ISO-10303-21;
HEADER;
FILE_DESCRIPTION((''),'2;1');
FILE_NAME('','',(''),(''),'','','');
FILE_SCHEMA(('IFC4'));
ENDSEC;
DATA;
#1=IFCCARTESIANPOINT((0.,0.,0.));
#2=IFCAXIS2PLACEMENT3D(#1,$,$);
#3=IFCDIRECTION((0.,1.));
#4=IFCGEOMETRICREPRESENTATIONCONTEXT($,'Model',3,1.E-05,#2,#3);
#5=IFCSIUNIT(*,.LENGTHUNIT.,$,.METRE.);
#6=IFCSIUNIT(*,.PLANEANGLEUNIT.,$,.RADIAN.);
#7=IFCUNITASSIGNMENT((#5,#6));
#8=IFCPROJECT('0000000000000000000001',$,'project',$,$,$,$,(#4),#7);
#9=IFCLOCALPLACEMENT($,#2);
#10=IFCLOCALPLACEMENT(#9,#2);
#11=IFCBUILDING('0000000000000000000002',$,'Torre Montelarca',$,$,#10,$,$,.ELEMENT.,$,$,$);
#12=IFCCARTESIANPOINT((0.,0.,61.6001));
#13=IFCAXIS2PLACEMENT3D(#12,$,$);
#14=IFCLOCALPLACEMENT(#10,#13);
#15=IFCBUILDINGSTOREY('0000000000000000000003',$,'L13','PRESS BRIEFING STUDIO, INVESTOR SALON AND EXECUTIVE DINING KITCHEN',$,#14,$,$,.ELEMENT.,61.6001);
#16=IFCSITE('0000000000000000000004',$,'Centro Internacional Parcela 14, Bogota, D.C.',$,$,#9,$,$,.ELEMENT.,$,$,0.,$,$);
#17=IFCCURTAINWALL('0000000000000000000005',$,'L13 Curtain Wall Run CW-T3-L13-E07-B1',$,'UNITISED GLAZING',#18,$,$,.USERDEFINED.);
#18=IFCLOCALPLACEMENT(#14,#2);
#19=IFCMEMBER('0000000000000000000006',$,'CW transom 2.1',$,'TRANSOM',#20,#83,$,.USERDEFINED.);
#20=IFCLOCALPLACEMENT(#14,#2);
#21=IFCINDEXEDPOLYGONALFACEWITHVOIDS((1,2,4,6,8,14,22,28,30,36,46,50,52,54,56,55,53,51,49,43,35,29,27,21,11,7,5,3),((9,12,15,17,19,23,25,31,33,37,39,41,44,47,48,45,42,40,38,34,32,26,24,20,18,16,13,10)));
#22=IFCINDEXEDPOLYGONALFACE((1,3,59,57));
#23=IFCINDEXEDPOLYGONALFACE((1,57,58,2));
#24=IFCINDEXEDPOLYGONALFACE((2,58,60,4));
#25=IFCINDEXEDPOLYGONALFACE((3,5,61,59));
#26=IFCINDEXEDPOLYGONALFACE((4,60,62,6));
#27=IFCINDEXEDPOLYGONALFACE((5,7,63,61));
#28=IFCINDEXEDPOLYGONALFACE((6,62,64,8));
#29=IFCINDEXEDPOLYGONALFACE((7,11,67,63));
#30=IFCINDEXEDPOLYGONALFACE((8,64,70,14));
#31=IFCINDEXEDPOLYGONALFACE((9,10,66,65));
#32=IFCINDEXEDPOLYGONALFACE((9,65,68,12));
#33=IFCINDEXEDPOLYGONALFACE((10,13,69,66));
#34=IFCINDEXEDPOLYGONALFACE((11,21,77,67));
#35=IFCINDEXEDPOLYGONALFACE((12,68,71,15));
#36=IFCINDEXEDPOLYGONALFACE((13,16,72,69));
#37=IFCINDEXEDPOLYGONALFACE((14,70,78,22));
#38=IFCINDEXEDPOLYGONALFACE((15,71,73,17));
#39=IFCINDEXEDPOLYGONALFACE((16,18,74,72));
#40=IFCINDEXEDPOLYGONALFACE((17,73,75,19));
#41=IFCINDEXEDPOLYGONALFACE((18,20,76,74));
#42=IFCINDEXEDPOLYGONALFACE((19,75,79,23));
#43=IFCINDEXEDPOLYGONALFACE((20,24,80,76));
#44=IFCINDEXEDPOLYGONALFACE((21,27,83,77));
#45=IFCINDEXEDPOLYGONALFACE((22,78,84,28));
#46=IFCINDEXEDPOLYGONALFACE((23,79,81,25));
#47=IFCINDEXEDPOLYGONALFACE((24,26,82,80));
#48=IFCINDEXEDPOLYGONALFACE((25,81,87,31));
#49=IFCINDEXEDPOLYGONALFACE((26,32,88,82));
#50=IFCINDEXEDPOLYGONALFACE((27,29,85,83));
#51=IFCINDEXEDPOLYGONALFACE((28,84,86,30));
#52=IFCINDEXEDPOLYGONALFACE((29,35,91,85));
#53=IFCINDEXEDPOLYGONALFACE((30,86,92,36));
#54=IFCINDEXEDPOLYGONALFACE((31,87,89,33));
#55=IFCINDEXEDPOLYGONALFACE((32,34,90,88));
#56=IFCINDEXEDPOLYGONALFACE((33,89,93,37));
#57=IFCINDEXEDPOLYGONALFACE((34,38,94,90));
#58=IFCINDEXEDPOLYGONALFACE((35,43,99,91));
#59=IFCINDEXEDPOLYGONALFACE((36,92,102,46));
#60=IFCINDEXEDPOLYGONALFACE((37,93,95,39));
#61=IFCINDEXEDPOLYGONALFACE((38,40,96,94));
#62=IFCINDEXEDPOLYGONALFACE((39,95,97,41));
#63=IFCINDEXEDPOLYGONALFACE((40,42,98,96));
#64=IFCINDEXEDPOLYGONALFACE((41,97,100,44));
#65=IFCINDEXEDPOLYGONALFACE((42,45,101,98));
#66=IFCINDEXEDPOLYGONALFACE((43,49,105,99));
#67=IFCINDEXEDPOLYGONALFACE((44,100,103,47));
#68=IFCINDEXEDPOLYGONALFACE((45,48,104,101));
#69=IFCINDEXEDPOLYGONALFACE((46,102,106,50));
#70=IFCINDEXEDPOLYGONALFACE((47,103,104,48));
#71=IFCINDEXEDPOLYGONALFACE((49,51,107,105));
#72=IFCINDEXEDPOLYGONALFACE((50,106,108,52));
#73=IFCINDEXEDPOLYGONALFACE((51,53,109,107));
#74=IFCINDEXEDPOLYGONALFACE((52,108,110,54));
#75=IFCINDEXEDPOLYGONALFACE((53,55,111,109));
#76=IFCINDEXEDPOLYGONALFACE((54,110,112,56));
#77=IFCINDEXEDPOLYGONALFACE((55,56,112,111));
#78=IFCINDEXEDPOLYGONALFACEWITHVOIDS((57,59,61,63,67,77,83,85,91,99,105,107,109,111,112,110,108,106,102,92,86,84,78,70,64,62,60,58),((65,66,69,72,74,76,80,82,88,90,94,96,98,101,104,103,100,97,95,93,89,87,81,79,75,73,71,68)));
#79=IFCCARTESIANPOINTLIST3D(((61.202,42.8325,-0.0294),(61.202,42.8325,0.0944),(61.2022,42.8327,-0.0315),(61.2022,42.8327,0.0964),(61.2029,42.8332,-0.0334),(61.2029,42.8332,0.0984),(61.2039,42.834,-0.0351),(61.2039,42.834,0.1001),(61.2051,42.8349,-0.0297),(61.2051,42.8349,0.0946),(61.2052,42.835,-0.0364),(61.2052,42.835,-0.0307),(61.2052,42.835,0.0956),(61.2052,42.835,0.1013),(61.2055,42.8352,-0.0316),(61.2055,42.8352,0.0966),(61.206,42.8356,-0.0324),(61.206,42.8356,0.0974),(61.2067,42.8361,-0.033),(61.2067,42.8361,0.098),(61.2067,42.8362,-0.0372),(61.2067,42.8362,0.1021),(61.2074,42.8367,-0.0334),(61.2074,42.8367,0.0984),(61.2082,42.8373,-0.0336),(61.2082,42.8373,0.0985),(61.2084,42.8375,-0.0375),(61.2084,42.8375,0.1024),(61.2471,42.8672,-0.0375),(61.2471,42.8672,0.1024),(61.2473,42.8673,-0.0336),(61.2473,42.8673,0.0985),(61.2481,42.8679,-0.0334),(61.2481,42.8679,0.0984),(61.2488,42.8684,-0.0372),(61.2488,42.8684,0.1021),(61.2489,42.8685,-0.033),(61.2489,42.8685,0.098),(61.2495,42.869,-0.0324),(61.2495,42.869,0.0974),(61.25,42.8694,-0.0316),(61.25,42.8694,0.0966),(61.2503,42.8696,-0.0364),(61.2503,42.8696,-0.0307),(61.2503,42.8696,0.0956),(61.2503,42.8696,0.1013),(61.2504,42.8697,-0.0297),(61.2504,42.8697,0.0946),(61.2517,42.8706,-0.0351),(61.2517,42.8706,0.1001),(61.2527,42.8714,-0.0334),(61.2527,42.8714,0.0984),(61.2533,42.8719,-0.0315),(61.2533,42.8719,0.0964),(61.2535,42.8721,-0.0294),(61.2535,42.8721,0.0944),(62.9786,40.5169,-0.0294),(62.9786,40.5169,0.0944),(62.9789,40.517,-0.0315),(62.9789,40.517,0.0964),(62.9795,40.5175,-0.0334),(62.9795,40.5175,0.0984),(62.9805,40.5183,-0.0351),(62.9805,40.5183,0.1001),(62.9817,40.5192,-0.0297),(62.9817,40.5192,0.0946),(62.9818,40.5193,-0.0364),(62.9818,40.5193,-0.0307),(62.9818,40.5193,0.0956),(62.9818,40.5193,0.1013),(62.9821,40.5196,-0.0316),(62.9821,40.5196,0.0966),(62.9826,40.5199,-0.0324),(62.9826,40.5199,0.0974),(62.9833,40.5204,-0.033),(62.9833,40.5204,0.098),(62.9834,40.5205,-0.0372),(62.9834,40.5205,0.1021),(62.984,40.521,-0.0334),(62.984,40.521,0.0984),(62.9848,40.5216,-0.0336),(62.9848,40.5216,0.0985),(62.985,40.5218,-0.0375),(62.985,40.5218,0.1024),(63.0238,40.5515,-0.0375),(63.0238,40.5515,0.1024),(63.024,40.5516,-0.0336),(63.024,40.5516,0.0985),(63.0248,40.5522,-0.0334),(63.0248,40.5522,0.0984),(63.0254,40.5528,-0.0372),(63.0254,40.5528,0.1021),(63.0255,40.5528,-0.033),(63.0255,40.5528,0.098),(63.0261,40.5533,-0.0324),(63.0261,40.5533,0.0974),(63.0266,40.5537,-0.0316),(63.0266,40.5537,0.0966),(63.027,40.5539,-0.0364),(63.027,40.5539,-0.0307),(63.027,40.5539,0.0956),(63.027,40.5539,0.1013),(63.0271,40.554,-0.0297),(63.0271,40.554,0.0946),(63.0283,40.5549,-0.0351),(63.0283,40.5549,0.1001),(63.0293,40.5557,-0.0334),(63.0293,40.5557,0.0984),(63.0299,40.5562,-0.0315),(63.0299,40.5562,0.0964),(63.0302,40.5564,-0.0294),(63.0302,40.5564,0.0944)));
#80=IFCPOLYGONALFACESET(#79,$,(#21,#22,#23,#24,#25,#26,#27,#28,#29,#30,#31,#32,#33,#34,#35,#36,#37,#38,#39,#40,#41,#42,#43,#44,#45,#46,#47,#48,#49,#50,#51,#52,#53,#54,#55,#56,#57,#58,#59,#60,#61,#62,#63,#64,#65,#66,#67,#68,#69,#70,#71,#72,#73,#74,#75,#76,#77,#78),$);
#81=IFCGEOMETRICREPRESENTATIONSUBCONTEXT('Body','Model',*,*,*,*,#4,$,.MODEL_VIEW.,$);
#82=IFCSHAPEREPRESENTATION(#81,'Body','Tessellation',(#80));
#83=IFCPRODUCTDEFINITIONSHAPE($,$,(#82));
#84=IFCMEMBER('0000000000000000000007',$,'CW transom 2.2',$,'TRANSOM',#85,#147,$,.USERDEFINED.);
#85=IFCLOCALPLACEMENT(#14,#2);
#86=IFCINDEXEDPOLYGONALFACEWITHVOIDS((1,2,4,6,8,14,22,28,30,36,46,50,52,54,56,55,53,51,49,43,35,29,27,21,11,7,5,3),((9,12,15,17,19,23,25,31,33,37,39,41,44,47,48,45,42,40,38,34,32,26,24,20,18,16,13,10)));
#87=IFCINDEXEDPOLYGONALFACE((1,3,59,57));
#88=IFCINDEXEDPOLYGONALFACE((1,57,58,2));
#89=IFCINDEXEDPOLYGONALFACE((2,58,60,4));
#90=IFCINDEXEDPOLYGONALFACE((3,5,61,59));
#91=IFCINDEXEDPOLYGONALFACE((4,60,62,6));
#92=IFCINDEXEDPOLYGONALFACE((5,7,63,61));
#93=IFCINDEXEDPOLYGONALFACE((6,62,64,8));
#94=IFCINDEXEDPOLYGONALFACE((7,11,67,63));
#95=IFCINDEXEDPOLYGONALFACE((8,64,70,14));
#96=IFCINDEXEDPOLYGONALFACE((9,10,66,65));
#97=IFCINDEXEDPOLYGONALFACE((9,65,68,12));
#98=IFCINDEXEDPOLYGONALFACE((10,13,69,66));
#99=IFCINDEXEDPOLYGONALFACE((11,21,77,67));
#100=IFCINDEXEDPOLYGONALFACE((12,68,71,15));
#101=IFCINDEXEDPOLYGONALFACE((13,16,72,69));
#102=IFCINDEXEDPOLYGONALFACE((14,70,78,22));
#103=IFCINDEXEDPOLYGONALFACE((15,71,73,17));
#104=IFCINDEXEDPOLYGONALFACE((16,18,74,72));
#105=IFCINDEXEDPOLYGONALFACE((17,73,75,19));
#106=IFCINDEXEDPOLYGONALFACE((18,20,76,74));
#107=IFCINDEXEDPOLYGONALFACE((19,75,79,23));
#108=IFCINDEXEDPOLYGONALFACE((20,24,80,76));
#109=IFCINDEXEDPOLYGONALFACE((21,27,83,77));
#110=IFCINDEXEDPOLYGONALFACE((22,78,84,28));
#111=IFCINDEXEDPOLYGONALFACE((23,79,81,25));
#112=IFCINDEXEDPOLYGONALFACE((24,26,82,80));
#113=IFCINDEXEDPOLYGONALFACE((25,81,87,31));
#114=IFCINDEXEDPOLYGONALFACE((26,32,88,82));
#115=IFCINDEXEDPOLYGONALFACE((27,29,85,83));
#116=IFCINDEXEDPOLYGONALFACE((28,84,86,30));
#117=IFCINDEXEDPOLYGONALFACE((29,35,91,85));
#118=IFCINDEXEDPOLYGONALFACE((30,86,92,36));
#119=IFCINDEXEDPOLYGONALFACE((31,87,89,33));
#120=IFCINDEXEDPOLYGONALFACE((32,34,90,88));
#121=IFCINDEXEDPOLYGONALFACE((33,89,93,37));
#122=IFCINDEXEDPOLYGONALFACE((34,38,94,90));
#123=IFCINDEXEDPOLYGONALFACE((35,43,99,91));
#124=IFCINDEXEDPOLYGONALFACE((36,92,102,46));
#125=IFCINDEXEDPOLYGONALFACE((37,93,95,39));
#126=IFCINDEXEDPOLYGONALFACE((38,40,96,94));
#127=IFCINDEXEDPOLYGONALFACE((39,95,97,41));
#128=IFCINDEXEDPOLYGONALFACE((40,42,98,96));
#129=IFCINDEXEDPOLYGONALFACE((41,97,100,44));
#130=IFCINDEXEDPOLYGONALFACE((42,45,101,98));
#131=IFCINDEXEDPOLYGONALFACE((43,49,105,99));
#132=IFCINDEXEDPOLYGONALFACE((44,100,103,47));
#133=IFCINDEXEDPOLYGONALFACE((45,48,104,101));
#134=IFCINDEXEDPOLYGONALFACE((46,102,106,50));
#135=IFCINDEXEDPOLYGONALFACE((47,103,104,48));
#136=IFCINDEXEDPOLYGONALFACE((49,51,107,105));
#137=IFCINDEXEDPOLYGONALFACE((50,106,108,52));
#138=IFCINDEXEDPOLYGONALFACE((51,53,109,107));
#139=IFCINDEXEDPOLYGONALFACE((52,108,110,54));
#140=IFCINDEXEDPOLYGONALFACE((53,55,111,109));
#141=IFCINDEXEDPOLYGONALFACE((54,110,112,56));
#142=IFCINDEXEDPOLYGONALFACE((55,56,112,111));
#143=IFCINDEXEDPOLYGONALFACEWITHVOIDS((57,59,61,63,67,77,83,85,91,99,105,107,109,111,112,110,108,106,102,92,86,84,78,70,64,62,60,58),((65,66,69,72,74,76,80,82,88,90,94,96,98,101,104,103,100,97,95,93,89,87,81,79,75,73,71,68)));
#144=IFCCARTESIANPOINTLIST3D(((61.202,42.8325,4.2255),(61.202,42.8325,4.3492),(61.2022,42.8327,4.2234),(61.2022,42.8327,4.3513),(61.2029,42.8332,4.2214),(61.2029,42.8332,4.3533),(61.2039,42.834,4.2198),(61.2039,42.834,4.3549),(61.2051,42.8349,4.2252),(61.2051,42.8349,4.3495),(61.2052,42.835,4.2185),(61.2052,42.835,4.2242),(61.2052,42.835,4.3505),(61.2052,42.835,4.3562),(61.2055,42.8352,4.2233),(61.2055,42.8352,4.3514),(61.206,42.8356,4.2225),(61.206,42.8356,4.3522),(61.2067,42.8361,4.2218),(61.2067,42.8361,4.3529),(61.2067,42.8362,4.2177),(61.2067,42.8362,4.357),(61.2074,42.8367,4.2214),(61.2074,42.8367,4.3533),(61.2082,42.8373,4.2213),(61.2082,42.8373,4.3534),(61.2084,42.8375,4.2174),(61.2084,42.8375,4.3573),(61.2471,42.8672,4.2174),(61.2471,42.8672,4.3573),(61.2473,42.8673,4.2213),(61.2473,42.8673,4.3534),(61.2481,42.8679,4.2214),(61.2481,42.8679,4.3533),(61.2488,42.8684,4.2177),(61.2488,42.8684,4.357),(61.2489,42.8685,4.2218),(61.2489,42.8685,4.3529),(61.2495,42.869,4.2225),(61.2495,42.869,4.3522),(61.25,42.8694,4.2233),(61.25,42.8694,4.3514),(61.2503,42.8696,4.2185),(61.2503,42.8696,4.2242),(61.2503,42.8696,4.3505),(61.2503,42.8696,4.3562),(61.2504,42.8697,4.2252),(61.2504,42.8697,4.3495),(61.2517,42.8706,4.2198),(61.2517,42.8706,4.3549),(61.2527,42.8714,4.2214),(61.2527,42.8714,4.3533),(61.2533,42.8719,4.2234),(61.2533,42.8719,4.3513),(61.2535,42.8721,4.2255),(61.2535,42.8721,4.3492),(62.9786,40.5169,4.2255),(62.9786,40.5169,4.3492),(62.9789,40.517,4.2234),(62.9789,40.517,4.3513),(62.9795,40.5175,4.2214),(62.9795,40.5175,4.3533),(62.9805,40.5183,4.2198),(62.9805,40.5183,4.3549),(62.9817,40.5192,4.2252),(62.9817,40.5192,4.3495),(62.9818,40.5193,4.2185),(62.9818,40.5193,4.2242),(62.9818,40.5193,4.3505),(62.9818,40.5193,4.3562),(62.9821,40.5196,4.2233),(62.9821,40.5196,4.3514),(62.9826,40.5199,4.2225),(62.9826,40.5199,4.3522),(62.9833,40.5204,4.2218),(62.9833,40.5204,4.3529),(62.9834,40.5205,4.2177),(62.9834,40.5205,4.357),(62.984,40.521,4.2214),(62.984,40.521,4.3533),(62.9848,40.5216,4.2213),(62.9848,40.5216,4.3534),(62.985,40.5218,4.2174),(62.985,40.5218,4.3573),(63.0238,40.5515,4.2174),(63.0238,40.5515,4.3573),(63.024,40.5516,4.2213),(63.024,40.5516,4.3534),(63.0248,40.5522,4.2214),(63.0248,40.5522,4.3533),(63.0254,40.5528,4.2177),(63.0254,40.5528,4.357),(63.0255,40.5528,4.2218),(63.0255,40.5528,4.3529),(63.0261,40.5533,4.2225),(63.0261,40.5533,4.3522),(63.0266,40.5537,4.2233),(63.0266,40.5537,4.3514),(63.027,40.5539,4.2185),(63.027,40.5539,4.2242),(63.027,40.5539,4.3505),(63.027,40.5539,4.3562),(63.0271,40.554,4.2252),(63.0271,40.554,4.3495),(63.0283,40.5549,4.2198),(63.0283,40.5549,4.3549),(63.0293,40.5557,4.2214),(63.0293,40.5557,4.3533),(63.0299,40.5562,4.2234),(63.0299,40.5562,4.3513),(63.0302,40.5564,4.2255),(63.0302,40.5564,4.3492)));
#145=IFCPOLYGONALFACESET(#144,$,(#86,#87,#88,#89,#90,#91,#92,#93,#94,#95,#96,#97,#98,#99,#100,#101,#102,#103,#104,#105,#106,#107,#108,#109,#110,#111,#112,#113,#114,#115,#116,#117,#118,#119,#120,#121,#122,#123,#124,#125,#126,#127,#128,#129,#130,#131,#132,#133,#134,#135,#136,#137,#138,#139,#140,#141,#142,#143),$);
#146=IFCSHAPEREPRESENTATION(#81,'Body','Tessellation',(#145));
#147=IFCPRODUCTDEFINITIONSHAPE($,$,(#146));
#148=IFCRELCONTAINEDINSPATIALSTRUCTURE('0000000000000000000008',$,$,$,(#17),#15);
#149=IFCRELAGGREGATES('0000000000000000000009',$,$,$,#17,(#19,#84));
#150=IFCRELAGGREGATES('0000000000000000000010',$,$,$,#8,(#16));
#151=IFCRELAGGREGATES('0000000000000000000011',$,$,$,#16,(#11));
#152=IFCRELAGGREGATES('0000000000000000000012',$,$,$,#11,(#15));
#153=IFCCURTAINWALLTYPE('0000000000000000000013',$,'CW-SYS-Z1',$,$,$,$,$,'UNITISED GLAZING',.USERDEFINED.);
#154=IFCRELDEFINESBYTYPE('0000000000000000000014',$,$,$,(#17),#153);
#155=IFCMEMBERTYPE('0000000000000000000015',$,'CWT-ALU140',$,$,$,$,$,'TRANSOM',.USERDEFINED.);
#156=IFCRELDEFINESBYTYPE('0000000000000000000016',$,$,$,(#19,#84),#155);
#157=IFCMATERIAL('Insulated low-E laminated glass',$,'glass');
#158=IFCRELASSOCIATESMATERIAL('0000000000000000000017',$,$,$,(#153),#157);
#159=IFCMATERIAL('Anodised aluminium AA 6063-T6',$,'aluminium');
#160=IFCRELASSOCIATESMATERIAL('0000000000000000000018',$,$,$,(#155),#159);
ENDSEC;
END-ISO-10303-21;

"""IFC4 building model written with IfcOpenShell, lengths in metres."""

from ifc_helpers import new_model, si_unit, direction, frame, origin, origin_2d, place, context, subcontext, project, spatial, hollow_rectangle, extrude, source, transform, mapped, material, material_profile, profile_set, type_object, element, aggregate, save


model = new_model("IFC4")

# Units and contexts
model_context = context("Model", 3, precision=1e-05, world=origin(), true_north=direction((0.0, 1.0)))
body_context = subcontext(model_context, "Body", "Model", "MODEL_VIEW")
ifc_project = project(units=[si_unit("LENGTHUNIT", "METRE"), si_unit("PLANEANGLEUNIT", "RADIAN")], contexts=[model_context])

# Site, building, storey
site_placement = place(None, origin())
site = spatial("IfcSite", under=ifc_project, at=site_placement, Name="Centro Internacional Parcela 14, Bogota, D.C.", CompositionType="ELEMENT", RefElevation=0.0)
building_placement = place(site_placement, origin())
building = spatial("IfcBuilding", under=site, at=building_placement, Name="Torre Montelarca", CompositionType="ELEMENT")
storey_placement = place(building_placement, frame((0.0, 0.0, 61.6001)))
storey = spatial("IfcBuildingStorey", under=building, at=storey_placement, Name="L13", Description="PRESS BRIEFING STUDIO, INVESTOR SALON AND EXECUTIVE DINING KITCHEN", CompositionType="ELEMENT", Elevation=61.6001)

# Curtain wall, members
ifc_material_1 = material(Name="Insulated low-E laminated glass", Category="glass")
curtain_wall_type = type_object("IfcCurtainWallType", Name="CW-SYS-Z1", ElementType="UNITISED GLAZING", PredefinedType="USERDEFINED", material=ifc_material_1)
curtain_wall_1_placement = place(storey_placement, origin())
curtain_wall_1 = element("IfcCurtainWall", 1, at=curtain_wall_1_placement, inside=storey, type_object=curtain_wall_type, Name="L13 Curtain Wall Run CW-T3-L13-E07-B1", ObjectType="UNITISED GLAZING", PredefinedType="USERDEFINED")
ifc_material_2 = material(Name="Anodised aluminium AA 6063-T6", Category="aluminium")
ifc_material_profile_1 = material_profile(ifc_material_2, hollow_rectangle(XDim=0.0649, YDim=0.1399, WallThickness=0.0039, InnerFilletRadius=0.0039, OuterFilletRadius=0.0081, at=origin_2d()), Name="ALU65X140X4", Category="aluminium")
ifc_profile_set_1 = profile_set([ifc_material_profile_1], Name="Anodised aluminium AA 6063-T6")
member_type_1 = type_object("IfcMemberType", Name="CWT-ALU140", ElementType="TRANSOM", PredefinedType="USERDEFINED", material=ifc_profile_set_1)
shared_shape_1 = source(origin(), body_context, "Body", "SweptSolid", [
    extrude(hollow_rectangle(XDim=0.0649, YDim=0.1399, WallThickness=0.0039, InnerFilletRadius=0.0039, OuterFilletRadius=0.0081, at=origin_2d()), origin(), (0.0, 0.0, 1.0), 2.9187),
])
member_1_placement = place(storey_placement, frame((63.0044, 40.5366, 0.0325), z_axis=(-0.608704, 0.793398, 0.0), x_axis=(-0.793398, -0.608704, 0.0)))
member_1 = element("IfcMember", 2, at=member_1_placement, type_object=member_type_1, Name="CW transom 2.1", ObjectType="TRANSOM", PredefinedType="USERDEFINED", context=body_context, shape_type="MappedRepresentation", body=[
    mapped(shared_shape_1, transform((0.0, 0.0, 0.0), scale=1.0)),
])
member_2_placement = place(storey_placement, frame((63.0044, 40.5366, 4.2874), z_axis=(-0.608704, 0.793398, 0.0), x_axis=(-0.793398, -0.608704, 0.0)))
member_2 = element("IfcMember", 3, at=member_2_placement, type_object=member_type_1, Name="CW transom 2.2", ObjectType="TRANSOM", PredefinedType="USERDEFINED", context=body_context, shape_type="MappedRepresentation", body=[
    mapped(shared_shape_1, transform((0.0, 0.0, 0.0), scale=1.0)),
])

aggregate(curtain_wall_1, [member_1, member_2])

save(model, "model.ifc")
